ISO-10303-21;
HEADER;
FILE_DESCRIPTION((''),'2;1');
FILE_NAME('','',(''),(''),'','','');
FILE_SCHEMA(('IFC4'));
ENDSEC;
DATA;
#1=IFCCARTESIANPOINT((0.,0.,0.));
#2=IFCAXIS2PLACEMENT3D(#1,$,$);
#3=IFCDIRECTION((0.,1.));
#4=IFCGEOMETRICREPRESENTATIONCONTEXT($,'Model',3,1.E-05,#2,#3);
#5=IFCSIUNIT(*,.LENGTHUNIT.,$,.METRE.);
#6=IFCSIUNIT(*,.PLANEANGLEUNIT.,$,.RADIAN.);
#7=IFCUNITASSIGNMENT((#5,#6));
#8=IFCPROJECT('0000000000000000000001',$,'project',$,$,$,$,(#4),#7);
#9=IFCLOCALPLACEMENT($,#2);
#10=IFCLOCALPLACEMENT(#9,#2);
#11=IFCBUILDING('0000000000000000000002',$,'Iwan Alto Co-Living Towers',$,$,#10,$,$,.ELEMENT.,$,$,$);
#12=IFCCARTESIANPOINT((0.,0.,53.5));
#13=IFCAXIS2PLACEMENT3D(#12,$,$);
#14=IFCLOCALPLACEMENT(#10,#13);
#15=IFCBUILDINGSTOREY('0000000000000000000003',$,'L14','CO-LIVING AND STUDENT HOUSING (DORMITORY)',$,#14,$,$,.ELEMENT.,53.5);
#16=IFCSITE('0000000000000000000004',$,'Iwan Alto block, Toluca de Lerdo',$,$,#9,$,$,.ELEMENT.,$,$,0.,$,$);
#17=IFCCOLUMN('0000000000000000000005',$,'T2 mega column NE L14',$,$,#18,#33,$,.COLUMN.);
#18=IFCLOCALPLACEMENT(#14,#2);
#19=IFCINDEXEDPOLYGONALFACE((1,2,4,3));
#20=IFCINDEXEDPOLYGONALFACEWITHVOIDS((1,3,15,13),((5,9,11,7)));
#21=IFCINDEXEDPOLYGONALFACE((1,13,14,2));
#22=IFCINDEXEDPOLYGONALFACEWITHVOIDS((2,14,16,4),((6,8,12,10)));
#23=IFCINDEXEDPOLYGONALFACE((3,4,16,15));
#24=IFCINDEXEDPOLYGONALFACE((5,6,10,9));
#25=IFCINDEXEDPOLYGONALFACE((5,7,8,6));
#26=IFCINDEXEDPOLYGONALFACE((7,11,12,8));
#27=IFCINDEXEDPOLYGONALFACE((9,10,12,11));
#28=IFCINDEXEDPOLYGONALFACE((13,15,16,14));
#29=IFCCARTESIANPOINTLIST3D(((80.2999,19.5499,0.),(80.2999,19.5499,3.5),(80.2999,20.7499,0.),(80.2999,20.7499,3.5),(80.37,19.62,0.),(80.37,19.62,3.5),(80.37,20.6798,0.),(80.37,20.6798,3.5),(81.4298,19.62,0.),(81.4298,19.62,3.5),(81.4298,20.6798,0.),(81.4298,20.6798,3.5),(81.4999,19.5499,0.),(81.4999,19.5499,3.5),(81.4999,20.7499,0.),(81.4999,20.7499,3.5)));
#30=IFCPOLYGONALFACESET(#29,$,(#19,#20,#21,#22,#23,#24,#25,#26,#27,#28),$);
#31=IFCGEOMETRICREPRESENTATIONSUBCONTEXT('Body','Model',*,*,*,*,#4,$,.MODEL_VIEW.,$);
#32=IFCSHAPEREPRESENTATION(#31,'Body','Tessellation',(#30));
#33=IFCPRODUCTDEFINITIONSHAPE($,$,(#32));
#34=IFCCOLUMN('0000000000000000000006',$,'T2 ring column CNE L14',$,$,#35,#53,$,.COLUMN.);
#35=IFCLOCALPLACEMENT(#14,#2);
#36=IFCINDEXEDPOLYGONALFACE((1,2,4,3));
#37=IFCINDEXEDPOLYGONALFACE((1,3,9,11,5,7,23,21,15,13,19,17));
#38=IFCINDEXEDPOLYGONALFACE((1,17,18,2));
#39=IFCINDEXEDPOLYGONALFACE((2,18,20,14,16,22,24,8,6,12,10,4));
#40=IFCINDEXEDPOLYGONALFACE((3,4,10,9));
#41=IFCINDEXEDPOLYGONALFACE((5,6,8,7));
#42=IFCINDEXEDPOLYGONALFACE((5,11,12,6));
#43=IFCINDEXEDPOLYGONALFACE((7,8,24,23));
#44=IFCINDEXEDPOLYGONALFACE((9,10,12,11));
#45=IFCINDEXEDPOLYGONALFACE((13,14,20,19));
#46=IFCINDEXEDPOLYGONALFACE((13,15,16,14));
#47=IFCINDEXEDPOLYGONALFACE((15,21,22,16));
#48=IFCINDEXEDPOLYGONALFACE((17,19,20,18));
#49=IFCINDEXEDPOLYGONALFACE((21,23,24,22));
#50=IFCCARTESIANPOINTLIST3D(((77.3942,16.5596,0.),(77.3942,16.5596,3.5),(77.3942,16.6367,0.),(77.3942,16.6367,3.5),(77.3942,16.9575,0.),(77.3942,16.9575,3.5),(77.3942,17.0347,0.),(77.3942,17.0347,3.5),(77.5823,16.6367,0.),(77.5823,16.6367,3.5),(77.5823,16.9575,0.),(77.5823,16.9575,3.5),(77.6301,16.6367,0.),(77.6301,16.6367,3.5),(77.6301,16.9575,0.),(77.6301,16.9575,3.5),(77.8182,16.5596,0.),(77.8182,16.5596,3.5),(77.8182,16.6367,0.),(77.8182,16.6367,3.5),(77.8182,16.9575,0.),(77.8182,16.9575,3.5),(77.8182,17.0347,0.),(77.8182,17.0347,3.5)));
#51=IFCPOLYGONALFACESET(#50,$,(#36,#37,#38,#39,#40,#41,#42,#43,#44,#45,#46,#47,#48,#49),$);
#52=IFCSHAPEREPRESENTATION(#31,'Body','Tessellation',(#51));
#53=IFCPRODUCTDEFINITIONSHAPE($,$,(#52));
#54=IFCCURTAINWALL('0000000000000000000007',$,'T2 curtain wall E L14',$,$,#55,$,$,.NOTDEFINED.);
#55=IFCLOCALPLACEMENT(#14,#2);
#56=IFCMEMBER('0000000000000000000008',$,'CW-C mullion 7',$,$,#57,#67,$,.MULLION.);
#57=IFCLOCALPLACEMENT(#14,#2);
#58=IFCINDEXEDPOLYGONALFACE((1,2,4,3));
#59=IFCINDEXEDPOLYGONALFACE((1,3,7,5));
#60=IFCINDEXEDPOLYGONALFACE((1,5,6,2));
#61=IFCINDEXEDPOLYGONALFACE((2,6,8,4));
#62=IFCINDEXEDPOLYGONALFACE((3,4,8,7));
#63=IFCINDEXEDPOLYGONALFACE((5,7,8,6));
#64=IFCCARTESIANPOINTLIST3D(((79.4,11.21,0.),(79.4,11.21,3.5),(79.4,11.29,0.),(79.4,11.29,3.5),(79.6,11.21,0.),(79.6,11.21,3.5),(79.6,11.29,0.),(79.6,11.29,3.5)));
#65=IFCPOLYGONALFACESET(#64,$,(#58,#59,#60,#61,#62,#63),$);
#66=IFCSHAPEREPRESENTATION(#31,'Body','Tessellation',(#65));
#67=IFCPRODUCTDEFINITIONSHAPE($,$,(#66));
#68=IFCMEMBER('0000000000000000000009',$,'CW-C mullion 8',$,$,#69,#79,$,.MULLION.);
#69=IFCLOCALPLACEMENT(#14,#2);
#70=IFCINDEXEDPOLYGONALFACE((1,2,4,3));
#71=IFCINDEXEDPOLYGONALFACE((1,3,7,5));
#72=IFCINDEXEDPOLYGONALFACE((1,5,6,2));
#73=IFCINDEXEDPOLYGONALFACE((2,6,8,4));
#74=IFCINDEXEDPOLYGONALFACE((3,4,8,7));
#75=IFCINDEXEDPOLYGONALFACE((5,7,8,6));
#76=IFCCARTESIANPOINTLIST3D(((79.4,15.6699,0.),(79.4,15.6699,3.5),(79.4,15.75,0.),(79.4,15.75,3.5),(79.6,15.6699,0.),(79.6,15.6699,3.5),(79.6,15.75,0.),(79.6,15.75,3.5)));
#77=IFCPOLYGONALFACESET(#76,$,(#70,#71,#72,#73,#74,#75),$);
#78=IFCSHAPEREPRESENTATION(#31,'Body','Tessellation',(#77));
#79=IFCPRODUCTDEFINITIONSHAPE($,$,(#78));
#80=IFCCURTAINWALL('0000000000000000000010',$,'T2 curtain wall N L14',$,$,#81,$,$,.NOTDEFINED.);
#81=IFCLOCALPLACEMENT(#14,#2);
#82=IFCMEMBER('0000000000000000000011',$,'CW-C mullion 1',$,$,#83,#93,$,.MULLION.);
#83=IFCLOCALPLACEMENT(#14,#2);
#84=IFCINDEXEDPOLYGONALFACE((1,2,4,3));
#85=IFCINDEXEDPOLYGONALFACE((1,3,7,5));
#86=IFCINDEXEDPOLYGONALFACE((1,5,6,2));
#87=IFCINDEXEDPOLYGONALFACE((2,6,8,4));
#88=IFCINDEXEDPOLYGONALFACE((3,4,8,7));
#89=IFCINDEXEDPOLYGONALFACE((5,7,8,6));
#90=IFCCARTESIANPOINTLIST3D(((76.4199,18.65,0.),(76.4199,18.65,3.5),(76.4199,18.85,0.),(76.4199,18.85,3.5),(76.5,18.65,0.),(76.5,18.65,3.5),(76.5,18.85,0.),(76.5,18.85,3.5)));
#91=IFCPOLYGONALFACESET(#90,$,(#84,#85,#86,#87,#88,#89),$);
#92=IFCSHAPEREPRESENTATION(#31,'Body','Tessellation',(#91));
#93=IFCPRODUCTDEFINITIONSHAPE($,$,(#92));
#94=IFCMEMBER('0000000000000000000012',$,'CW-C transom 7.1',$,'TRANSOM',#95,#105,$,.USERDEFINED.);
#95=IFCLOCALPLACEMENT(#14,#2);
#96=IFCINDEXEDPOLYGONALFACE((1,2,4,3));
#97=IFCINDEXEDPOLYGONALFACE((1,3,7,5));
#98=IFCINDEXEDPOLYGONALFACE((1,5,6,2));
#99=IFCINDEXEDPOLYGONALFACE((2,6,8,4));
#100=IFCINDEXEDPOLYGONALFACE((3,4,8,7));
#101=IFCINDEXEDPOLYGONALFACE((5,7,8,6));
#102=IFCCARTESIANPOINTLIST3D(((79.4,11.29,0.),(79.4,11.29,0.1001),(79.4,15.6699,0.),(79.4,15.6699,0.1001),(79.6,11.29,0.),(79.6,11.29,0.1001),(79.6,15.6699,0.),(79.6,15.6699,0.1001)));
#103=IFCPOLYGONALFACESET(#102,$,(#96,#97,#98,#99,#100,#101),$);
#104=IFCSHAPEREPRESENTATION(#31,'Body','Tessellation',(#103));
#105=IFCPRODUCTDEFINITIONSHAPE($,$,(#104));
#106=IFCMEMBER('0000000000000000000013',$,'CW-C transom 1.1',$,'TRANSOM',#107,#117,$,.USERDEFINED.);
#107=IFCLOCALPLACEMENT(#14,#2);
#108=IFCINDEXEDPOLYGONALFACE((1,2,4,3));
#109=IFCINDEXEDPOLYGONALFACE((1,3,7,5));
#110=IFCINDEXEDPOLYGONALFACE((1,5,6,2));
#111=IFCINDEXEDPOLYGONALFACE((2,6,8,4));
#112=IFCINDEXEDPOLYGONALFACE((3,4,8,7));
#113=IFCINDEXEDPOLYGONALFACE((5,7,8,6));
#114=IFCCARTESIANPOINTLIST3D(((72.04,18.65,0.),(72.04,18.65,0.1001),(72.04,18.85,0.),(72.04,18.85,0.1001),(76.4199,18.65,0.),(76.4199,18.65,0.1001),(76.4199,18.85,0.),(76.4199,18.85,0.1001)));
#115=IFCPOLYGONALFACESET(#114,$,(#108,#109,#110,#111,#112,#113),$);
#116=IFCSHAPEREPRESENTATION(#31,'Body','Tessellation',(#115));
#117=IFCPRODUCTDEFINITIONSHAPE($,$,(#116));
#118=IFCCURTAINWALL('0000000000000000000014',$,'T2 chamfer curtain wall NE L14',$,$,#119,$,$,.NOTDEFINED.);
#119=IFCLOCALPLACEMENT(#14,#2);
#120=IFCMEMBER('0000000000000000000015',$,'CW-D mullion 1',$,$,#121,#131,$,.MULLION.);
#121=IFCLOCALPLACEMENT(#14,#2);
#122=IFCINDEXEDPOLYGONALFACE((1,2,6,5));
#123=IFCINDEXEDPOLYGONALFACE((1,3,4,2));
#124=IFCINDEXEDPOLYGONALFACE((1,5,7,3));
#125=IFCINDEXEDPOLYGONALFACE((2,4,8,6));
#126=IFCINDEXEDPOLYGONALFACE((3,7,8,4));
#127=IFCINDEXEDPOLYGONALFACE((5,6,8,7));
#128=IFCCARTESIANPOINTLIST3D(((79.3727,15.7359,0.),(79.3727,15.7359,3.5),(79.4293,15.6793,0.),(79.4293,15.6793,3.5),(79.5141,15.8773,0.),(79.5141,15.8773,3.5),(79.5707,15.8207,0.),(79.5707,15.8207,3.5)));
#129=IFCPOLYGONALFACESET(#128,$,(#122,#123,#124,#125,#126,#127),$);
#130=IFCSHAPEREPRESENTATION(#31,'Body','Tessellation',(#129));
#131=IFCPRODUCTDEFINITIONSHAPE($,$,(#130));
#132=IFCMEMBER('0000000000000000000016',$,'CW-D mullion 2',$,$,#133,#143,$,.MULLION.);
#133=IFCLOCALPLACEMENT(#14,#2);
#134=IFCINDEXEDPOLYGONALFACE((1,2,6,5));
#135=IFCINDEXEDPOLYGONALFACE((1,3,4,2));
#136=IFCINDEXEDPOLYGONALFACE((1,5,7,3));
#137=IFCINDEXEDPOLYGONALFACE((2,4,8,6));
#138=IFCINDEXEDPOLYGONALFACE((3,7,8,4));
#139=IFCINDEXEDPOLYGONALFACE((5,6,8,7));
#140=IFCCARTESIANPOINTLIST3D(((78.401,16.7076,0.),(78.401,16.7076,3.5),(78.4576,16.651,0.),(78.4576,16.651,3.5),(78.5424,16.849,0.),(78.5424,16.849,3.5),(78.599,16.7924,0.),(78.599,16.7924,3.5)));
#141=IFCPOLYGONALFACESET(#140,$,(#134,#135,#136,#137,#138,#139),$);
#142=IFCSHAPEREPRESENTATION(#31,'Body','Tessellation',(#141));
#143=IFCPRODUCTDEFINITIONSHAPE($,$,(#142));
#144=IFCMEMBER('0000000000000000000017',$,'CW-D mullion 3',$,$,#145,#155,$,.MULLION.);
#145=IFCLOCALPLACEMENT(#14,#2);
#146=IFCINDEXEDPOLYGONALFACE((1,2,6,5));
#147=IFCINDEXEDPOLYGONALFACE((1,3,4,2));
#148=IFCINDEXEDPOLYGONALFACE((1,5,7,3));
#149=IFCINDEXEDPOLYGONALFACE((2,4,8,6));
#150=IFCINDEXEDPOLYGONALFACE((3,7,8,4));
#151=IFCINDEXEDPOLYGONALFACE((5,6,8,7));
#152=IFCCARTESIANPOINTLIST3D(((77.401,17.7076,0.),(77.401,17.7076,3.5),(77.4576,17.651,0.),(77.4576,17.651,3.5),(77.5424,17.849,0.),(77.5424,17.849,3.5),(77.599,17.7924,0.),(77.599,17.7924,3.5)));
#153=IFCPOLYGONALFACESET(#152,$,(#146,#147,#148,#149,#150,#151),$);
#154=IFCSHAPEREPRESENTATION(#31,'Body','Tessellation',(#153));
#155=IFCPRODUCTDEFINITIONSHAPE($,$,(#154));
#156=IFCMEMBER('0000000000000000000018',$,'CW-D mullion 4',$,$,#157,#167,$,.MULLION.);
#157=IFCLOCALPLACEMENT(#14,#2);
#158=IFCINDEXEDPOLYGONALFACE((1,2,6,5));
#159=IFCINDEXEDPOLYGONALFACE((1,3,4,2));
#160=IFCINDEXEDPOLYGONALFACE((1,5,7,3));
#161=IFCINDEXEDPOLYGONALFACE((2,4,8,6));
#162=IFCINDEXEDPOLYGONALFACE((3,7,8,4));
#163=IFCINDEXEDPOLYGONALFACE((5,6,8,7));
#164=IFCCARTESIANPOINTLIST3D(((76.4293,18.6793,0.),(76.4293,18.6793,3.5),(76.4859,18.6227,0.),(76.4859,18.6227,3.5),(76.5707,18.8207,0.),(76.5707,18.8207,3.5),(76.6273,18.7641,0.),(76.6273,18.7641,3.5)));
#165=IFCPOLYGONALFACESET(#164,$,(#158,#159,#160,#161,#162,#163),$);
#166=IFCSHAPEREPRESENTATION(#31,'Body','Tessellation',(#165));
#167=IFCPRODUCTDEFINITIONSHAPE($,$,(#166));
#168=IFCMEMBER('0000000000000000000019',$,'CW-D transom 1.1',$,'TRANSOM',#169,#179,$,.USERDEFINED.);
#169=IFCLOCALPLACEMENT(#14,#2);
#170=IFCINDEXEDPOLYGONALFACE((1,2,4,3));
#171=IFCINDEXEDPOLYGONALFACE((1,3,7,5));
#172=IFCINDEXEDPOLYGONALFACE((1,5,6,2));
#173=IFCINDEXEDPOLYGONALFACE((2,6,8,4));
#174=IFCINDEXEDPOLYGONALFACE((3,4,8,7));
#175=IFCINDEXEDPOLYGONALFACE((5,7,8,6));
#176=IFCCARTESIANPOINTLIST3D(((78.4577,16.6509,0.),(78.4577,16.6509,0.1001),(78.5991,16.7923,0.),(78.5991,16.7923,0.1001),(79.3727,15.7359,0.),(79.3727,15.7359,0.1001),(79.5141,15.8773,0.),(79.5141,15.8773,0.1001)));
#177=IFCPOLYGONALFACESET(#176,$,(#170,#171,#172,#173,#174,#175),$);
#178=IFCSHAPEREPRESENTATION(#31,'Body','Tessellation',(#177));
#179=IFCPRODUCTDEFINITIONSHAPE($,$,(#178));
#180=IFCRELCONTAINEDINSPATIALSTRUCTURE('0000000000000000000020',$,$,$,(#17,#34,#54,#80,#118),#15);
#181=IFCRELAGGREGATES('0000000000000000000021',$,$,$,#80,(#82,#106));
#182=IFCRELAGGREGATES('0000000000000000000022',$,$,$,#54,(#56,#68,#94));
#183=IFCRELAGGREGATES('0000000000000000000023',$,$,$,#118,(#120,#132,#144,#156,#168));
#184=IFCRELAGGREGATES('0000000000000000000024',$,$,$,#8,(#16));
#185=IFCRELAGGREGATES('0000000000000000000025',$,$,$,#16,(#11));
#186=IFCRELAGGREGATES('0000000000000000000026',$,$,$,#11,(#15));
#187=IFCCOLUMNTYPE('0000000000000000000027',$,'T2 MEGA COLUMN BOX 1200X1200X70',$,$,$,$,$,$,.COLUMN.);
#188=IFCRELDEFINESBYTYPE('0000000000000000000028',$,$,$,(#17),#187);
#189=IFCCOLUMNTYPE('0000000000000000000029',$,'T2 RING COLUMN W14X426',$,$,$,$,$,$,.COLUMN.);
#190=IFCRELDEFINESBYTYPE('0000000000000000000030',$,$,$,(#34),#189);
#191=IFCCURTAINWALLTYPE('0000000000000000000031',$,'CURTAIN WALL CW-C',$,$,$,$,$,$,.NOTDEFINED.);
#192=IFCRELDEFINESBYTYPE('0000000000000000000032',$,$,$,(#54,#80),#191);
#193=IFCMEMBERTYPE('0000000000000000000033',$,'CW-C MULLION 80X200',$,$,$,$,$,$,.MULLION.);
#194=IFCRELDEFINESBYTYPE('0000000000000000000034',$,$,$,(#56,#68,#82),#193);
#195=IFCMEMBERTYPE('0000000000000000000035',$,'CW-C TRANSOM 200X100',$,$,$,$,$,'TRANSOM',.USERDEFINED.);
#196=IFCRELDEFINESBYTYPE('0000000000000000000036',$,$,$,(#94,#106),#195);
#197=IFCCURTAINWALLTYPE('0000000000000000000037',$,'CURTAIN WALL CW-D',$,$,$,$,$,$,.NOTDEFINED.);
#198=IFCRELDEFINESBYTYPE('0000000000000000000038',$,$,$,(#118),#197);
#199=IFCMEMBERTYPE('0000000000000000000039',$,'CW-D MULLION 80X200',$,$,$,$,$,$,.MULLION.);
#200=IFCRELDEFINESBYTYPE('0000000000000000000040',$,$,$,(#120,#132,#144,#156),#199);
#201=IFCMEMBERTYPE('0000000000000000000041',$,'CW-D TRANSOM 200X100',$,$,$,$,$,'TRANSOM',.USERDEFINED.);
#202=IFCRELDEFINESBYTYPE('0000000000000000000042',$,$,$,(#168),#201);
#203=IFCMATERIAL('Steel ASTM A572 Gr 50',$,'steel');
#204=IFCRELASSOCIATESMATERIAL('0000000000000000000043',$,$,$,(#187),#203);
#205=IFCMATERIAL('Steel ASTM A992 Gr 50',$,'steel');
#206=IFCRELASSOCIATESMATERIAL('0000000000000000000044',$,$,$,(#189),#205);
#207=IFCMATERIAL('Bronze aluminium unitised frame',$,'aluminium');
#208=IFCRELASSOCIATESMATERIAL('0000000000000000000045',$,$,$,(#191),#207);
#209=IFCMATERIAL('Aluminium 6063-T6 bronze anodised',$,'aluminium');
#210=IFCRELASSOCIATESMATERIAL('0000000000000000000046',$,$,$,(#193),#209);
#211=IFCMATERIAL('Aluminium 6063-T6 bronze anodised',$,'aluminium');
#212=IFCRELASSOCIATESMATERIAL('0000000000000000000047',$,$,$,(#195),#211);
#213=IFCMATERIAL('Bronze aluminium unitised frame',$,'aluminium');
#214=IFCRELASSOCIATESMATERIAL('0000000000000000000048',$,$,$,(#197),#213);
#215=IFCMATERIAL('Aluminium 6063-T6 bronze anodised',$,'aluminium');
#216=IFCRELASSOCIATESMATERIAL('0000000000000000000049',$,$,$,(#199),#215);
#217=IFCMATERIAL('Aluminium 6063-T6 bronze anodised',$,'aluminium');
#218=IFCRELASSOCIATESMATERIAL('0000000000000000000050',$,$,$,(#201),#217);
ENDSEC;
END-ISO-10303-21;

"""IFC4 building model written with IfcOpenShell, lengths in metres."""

from ifc_helpers import new_model, si_unit, direction, frame, origin, origin_2d, place, context, subcontext, project, spatial, rectangle, hollow_rectangle, i_section, extrude, material, material_profile, profile_set, type_object, element, aggregate, save


model = new_model("IFC4")

# Units and contexts
model_context = context("Model", 3, precision=1e-05, world=origin(), true_north=direction((0.0, 1.0)))
body_context = subcontext(model_context, "Body", "Model", "MODEL_VIEW")
ifc_project = project(units=[si_unit("LENGTHUNIT", "METRE"), si_unit("PLANEANGLEUNIT", "RADIAN")], contexts=[model_context])

# Site, building, storey
site_placement = place(None, origin())
site = spatial("IfcSite", under=ifc_project, at=site_placement, Name="Iwan Alto block, Toluca de Lerdo", CompositionType="ELEMENT", RefElevation=0.0)
building_placement = place(site_placement, origin())
building = spatial("IfcBuilding", under=site, at=building_placement, Name="Iwan Alto Co-Living Towers", CompositionType="ELEMENT")
storey_placement = place(building_placement, frame((0.0, 0.0, 53.5)))
storey = spatial("IfcBuildingStorey", under=building, at=storey_placement, Name="L14", Description="CO-LIVING AND STUDENT HOUSING (DORMITORY)", CompositionType="ELEMENT", Elevation=53.5)

# Columns
ifc_material_1 = material(Name="Steel ASTM A572 Gr 50", Category="steel")
ifc_material_profile_1 = material_profile(ifc_material_1, hollow_rectangle(XDim=1.2, YDim=1.2, WallThickness=0.0701, at=origin_2d()), Name="BOX 1200X1200X70")
ifc_profile_set_1 = profile_set([ifc_material_profile_1], Name="Steel ASTM A572 Gr 50")
column_type_1 = type_object("IfcColumnType", Name="T2 MEGA COLUMN BOX 1200X1200X70", PredefinedType="COLUMN", material=ifc_profile_set_1)
column_1_placement = place(storey_placement, frame((80.8999, 20.1499, 0.0), z_axis=(0.0, 0.0, 1.0), x_axis=(1.0, 0.0, 0.0)))
element("IfcColumn", 1, at=column_1_placement, inside=storey, type_object=column_type_1, Name="T2 mega column NE L14", PredefinedType="COLUMN", context=body_context, shape_type="SweptSolid", body=[
    extrude(hollow_rectangle(XDim=1.2, YDim=1.2, WallThickness=0.0701, at=origin_2d()), origin(), (0.0, 0.0, 1.0), 3.5),
])
ifc_material_2 = material(Name="Steel ASTM A992 Gr 50", Category="steel")
ifc_material_profile_2 = material_profile(ifc_material_2, i_section(OverallWidth=0.4241, OverallDepth=0.4751, WebThickness=0.0479, FlangeThickness=0.0771, at=origin_2d()), Name="W14X426")
ifc_profile_set_2 = profile_set([ifc_material_profile_2], Name="Steel ASTM A992 Gr 50")
column_type_2 = type_object("IfcColumnType", Name="T2 RING COLUMN W14X426", PredefinedType="COLUMN", material=ifc_profile_set_2)
column_2_placement = place(storey_placement, frame((77.6062, 16.7971, 0.0), z_axis=(0.0, 0.0, 1.0), x_axis=(1.0, 0.0, 0.0)))
element("IfcColumn", 2, at=column_2_placement, inside=storey, type_object=column_type_2, Name="T2 ring column CNE L14", PredefinedType="COLUMN", context=body_context, shape_type="SweptSolid", body=[
    extrude(i_section(OverallWidth=0.4241, OverallDepth=0.4751, WebThickness=0.0479, FlangeThickness=0.0771, at=origin_2d()), origin(), (0.0, 0.0, 1.0), 3.5),
])

# Curtain wall, members
ifc_material_3 = material(Name="Bronze aluminium unitised frame", Category="aluminium")
curtain_wall_type_1 = type_object("IfcCurtainWallType", Name="CURTAIN WALL CW-C", PredefinedType="NOTDEFINED", material=ifc_material_3)
curtain_wall_1_placement = place(storey_placement, origin())
curtain_wall_1 = element("IfcCurtainWall", 3, at=curtain_wall_1_placement, inside=storey, type_object=curtain_wall_type_1, Name="T2 curtain wall E L14", PredefinedType="NOTDEFINED")
ifc_material_4 = material(Name="Aluminium 6063-T6 bronze anodised", Category="aluminium")
ifc_material_profile_3 = material_profile(ifc_material_4, rectangle(XDim=0.2, YDim=0.0801, at=origin_2d()), Name="AL 80X200")
ifc_profile_set_3 = profile_set([ifc_material_profile_3], Name="Aluminium 6063-T6 bronze anodised")
member_type_1 = type_object("IfcMemberType", Name="CW-C MULLION 80X200", PredefinedType="MULLION", material=ifc_profile_set_3)
member_1_placement = place(storey_placement, frame((79.5, 11.25, 0.0), z_axis=(0.0, 0.0, 1.0), x_axis=(-1.0, 0.0, 0.0)))
member_1 = element("IfcMember", 4, at=member_1_placement, type_object=member_type_1, Name="CW-C mullion 7", PredefinedType="MULLION", context=body_context, shape_type="SweptSolid", body=[
    extrude(rectangle(XDim=0.2, YDim=0.0801, at=origin_2d()), origin(), (0.0, 0.0, 1.0), 3.5),
])
member_2_placement = place(storey_placement, frame((79.5, 15.71, 0.0), z_axis=(0.0, 0.0, 1.0), x_axis=(-1.0, 0.0, 0.0)))
member_2 = element("IfcMember", 5, at=member_2_placement, type_object=member_type_1, Name="CW-C mullion 8", PredefinedType="MULLION", context=body_context, shape_type="SweptSolid", body=[
    extrude(rectangle(XDim=0.2, YDim=0.0801, at=origin_2d()), origin(), (0.0, 0.0, 1.0), 3.5),
])

# Curtain wall, member
curtain_wall_2_placement = place(storey_placement, origin())
curtain_wall_2 = element("IfcCurtainWall", 6, at=curtain_wall_2_placement, inside=storey, type_object=curtain_wall_type_1, Name="T2 curtain wall N L14", PredefinedType="NOTDEFINED")
member_3_placement = place(storey_placement, frame((76.46, 18.75, 0.0), z_axis=(0.0, 0.0, 1.0), x_axis=(0.0, -1.0, 0.0)))
member_3 = element("IfcMember", 7, at=member_3_placement, type_object=member_type_1, Name="CW-C mullion 1", PredefinedType="MULLION", context=body_context, shape_type="SweptSolid", body=[
    extrude(rectangle(XDim=0.2, YDim=0.0801, at=origin_2d()), origin(), (0.0, 0.0, 1.0), 3.5),
])

# Members
ifc_material_5 = material(Name="Aluminium 6063-T6 bronze anodised", Category="aluminium")
ifc_material_profile_4 = material_profile(ifc_material_5, rectangle(XDim=0.2, YDim=0.1001, at=origin_2d()), Name="AL 200X100")
ifc_profile_set_4 = profile_set([ifc_material_profile_4], Name="Aluminium 6063-T6 bronze anodised")
member_type_2 = type_object("IfcMemberType", Name="CW-C TRANSOM 200X100", ElementType="TRANSOM", PredefinedType="USERDEFINED", material=ifc_profile_set_4)
member_4_placement = place(storey_placement, frame((79.5, 11.29, 0.05), z_axis=(0.0, 1.0, 0.0), x_axis=(-1.0, 0.0, 0.0)))
member_4 = element("IfcMember", 8, at=member_4_placement, type_object=member_type_2, Name="CW-C transom 7.1", ObjectType="TRANSOM", PredefinedType="USERDEFINED", context=body_context, shape_type="SweptSolid", body=[
    extrude(rectangle(XDim=0.2, YDim=0.1001, at=origin_2d()), origin(), (0.0, 0.0, 1.0), 4.3799),
])
member_5_placement = place(storey_placement, frame((76.4199, 18.75, 0.05), z_axis=(-1.0, 0.0, 0.0), x_axis=(0.0, -1.0, 0.0)))
member_5 = element("IfcMember", 9, at=member_5_placement, type_object=member_type_2, Name="CW-C transom 1.1", ObjectType="TRANSOM", PredefinedType="USERDEFINED", context=body_context, shape_type="SweptSolid", body=[
    extrude(rectangle(XDim=0.2, YDim=0.1001, at=origin_2d()), origin(), (0.0, 0.0, 1.0), 4.3799),
])
aggregate(curtain_wall_2, [member_3, member_5])

# Curtain wall, members
ifc_material_6 = material(Name="Bronze aluminium unitised frame", Category="aluminium")
curtain_wall_type_2 = type_object("IfcCurtainWallType", Name="CURTAIN WALL CW-D", PredefinedType="NOTDEFINED", material=ifc_material_6)
curtain_wall_3_placement = place(storey_placement, origin())
curtain_wall_3 = element("IfcCurtainWall", 10, at=curtain_wall_3_placement, inside=storey, type_object=curtain_wall_type_2, Name="T2 chamfer curtain wall NE L14", PredefinedType="NOTDEFINED")
ifc_material_7 = material(Name="Aluminium 6063-T6 bronze anodised", Category="aluminium")
ifc_material_profile_5 = material_profile(ifc_material_7, rectangle(XDim=0.2, YDim=0.0801, at=origin_2d()), Name="AL 80X200")
ifc_profile_set_5 = profile_set([ifc_material_profile_5], Name="Aluminium 6063-T6 bronze anodised")
member_type_3 = type_object("IfcMemberType", Name="CW-D MULLION 80X200", PredefinedType="MULLION", material=ifc_profile_set_5)
member_6_placement = place(storey_placement, frame((79.4717, 15.7783, 0.0), z_axis=(0.0, 0.0, 1.0), x_axis=(-0.707107, -0.707107, 0.0)))
member_6 = element("IfcMember", 11, at=member_6_placement, type_object=member_type_3, Name="CW-D mullion 1", PredefinedType="MULLION", context=body_context, shape_type="SweptSolid", body=[
    extrude(rectangle(XDim=0.2, YDim=0.0801, at=origin_2d()), origin(), (0.0, 0.0, 1.0), 3.5),
])
member_7_placement = place(storey_placement, frame((78.5, 16.75, 0.0), z_axis=(0.0, 0.0, 1.0), x_axis=(-0.707107, -0.707107, 0.0)))
member_7 = element("IfcMember", 12, at=member_7_placement, type_object=member_type_3, Name="CW-D mullion 2", PredefinedType="MULLION", context=body_context, shape_type="SweptSolid", body=[
    extrude(rectangle(XDim=0.2, YDim=0.0801, at=origin_2d()), origin(), (0.0, 0.0, 1.0), 3.5),
])
member_8_placement = place(storey_placement, frame((77.5, 17.75, 0.0), z_axis=(0.0, 0.0, 1.0), x_axis=(-0.707107, -0.707107, 0.0)))
member_8 = element("IfcMember", 13, at=member_8_placement, type_object=member_type_3, Name="CW-D mullion 3", PredefinedType="MULLION", context=body_context, shape_type="SweptSolid", body=[
    extrude(rectangle(XDim=0.2, YDim=0.0801, at=origin_2d()), origin(), (0.0, 0.0, 1.0), 3.5),
])
member_9_placement = place(storey_placement, frame((76.5283, 18.7217, 0.0), z_axis=(0.0, 0.0, 1.0), x_axis=(-0.707107, -0.707107, 0.0)))
member_9 = element("IfcMember", 14, at=member_9_placement, type_object=member_type_3, Name="CW-D mullion 4", PredefinedType="MULLION", context=body_context, shape_type="SweptSolid", body=[
    extrude(rectangle(XDim=0.2, YDim=0.0801, at=origin_2d()), origin(), (0.0, 0.0, 1.0), 3.5),
])
ifc_material_8 = material(Name="Aluminium 6063-T6 bronze anodised", Category="aluminium")
ifc_material_profile_6 = material_profile(ifc_material_8, rectangle(XDim=0.2, YDim=0.1001, at=origin_2d()), Name="AL 200X100")
ifc_profile_set_6 = profile_set([ifc_material_profile_6], Name="Aluminium 6063-T6 bronze anodised")
member_type_4 = type_object("IfcMemberType", Name="CW-D TRANSOM 200X100", ElementType="TRANSOM", PredefinedType="USERDEFINED", material=ifc_profile_set_6)
member_10_placement = place(storey_placement, frame((79.4434, 15.8066, 0.05), z_axis=(-0.707107, 0.707107, 0.0), x_axis=(-0.707107, -0.707107, 0.0)))
member_10 = element("IfcMember", 15, at=member_10_placement, type_object=member_type_4, Name="CW-D transom 1.1", ObjectType="TRANSOM", PredefinedType="USERDEFINED", context=body_context, shape_type="SweptSolid", body=[
    extrude(rectangle(XDim=0.2, YDim=0.1001, at=origin_2d()), origin(), (0.0, 0.0, 1.0), 1.2939),
])

aggregate(curtain_wall_1, [member_1, member_2, member_4])
aggregate(curtain_wall_3, [member_6, member_7, member_8, member_9, member_10])

save(model, "model.ifc")
